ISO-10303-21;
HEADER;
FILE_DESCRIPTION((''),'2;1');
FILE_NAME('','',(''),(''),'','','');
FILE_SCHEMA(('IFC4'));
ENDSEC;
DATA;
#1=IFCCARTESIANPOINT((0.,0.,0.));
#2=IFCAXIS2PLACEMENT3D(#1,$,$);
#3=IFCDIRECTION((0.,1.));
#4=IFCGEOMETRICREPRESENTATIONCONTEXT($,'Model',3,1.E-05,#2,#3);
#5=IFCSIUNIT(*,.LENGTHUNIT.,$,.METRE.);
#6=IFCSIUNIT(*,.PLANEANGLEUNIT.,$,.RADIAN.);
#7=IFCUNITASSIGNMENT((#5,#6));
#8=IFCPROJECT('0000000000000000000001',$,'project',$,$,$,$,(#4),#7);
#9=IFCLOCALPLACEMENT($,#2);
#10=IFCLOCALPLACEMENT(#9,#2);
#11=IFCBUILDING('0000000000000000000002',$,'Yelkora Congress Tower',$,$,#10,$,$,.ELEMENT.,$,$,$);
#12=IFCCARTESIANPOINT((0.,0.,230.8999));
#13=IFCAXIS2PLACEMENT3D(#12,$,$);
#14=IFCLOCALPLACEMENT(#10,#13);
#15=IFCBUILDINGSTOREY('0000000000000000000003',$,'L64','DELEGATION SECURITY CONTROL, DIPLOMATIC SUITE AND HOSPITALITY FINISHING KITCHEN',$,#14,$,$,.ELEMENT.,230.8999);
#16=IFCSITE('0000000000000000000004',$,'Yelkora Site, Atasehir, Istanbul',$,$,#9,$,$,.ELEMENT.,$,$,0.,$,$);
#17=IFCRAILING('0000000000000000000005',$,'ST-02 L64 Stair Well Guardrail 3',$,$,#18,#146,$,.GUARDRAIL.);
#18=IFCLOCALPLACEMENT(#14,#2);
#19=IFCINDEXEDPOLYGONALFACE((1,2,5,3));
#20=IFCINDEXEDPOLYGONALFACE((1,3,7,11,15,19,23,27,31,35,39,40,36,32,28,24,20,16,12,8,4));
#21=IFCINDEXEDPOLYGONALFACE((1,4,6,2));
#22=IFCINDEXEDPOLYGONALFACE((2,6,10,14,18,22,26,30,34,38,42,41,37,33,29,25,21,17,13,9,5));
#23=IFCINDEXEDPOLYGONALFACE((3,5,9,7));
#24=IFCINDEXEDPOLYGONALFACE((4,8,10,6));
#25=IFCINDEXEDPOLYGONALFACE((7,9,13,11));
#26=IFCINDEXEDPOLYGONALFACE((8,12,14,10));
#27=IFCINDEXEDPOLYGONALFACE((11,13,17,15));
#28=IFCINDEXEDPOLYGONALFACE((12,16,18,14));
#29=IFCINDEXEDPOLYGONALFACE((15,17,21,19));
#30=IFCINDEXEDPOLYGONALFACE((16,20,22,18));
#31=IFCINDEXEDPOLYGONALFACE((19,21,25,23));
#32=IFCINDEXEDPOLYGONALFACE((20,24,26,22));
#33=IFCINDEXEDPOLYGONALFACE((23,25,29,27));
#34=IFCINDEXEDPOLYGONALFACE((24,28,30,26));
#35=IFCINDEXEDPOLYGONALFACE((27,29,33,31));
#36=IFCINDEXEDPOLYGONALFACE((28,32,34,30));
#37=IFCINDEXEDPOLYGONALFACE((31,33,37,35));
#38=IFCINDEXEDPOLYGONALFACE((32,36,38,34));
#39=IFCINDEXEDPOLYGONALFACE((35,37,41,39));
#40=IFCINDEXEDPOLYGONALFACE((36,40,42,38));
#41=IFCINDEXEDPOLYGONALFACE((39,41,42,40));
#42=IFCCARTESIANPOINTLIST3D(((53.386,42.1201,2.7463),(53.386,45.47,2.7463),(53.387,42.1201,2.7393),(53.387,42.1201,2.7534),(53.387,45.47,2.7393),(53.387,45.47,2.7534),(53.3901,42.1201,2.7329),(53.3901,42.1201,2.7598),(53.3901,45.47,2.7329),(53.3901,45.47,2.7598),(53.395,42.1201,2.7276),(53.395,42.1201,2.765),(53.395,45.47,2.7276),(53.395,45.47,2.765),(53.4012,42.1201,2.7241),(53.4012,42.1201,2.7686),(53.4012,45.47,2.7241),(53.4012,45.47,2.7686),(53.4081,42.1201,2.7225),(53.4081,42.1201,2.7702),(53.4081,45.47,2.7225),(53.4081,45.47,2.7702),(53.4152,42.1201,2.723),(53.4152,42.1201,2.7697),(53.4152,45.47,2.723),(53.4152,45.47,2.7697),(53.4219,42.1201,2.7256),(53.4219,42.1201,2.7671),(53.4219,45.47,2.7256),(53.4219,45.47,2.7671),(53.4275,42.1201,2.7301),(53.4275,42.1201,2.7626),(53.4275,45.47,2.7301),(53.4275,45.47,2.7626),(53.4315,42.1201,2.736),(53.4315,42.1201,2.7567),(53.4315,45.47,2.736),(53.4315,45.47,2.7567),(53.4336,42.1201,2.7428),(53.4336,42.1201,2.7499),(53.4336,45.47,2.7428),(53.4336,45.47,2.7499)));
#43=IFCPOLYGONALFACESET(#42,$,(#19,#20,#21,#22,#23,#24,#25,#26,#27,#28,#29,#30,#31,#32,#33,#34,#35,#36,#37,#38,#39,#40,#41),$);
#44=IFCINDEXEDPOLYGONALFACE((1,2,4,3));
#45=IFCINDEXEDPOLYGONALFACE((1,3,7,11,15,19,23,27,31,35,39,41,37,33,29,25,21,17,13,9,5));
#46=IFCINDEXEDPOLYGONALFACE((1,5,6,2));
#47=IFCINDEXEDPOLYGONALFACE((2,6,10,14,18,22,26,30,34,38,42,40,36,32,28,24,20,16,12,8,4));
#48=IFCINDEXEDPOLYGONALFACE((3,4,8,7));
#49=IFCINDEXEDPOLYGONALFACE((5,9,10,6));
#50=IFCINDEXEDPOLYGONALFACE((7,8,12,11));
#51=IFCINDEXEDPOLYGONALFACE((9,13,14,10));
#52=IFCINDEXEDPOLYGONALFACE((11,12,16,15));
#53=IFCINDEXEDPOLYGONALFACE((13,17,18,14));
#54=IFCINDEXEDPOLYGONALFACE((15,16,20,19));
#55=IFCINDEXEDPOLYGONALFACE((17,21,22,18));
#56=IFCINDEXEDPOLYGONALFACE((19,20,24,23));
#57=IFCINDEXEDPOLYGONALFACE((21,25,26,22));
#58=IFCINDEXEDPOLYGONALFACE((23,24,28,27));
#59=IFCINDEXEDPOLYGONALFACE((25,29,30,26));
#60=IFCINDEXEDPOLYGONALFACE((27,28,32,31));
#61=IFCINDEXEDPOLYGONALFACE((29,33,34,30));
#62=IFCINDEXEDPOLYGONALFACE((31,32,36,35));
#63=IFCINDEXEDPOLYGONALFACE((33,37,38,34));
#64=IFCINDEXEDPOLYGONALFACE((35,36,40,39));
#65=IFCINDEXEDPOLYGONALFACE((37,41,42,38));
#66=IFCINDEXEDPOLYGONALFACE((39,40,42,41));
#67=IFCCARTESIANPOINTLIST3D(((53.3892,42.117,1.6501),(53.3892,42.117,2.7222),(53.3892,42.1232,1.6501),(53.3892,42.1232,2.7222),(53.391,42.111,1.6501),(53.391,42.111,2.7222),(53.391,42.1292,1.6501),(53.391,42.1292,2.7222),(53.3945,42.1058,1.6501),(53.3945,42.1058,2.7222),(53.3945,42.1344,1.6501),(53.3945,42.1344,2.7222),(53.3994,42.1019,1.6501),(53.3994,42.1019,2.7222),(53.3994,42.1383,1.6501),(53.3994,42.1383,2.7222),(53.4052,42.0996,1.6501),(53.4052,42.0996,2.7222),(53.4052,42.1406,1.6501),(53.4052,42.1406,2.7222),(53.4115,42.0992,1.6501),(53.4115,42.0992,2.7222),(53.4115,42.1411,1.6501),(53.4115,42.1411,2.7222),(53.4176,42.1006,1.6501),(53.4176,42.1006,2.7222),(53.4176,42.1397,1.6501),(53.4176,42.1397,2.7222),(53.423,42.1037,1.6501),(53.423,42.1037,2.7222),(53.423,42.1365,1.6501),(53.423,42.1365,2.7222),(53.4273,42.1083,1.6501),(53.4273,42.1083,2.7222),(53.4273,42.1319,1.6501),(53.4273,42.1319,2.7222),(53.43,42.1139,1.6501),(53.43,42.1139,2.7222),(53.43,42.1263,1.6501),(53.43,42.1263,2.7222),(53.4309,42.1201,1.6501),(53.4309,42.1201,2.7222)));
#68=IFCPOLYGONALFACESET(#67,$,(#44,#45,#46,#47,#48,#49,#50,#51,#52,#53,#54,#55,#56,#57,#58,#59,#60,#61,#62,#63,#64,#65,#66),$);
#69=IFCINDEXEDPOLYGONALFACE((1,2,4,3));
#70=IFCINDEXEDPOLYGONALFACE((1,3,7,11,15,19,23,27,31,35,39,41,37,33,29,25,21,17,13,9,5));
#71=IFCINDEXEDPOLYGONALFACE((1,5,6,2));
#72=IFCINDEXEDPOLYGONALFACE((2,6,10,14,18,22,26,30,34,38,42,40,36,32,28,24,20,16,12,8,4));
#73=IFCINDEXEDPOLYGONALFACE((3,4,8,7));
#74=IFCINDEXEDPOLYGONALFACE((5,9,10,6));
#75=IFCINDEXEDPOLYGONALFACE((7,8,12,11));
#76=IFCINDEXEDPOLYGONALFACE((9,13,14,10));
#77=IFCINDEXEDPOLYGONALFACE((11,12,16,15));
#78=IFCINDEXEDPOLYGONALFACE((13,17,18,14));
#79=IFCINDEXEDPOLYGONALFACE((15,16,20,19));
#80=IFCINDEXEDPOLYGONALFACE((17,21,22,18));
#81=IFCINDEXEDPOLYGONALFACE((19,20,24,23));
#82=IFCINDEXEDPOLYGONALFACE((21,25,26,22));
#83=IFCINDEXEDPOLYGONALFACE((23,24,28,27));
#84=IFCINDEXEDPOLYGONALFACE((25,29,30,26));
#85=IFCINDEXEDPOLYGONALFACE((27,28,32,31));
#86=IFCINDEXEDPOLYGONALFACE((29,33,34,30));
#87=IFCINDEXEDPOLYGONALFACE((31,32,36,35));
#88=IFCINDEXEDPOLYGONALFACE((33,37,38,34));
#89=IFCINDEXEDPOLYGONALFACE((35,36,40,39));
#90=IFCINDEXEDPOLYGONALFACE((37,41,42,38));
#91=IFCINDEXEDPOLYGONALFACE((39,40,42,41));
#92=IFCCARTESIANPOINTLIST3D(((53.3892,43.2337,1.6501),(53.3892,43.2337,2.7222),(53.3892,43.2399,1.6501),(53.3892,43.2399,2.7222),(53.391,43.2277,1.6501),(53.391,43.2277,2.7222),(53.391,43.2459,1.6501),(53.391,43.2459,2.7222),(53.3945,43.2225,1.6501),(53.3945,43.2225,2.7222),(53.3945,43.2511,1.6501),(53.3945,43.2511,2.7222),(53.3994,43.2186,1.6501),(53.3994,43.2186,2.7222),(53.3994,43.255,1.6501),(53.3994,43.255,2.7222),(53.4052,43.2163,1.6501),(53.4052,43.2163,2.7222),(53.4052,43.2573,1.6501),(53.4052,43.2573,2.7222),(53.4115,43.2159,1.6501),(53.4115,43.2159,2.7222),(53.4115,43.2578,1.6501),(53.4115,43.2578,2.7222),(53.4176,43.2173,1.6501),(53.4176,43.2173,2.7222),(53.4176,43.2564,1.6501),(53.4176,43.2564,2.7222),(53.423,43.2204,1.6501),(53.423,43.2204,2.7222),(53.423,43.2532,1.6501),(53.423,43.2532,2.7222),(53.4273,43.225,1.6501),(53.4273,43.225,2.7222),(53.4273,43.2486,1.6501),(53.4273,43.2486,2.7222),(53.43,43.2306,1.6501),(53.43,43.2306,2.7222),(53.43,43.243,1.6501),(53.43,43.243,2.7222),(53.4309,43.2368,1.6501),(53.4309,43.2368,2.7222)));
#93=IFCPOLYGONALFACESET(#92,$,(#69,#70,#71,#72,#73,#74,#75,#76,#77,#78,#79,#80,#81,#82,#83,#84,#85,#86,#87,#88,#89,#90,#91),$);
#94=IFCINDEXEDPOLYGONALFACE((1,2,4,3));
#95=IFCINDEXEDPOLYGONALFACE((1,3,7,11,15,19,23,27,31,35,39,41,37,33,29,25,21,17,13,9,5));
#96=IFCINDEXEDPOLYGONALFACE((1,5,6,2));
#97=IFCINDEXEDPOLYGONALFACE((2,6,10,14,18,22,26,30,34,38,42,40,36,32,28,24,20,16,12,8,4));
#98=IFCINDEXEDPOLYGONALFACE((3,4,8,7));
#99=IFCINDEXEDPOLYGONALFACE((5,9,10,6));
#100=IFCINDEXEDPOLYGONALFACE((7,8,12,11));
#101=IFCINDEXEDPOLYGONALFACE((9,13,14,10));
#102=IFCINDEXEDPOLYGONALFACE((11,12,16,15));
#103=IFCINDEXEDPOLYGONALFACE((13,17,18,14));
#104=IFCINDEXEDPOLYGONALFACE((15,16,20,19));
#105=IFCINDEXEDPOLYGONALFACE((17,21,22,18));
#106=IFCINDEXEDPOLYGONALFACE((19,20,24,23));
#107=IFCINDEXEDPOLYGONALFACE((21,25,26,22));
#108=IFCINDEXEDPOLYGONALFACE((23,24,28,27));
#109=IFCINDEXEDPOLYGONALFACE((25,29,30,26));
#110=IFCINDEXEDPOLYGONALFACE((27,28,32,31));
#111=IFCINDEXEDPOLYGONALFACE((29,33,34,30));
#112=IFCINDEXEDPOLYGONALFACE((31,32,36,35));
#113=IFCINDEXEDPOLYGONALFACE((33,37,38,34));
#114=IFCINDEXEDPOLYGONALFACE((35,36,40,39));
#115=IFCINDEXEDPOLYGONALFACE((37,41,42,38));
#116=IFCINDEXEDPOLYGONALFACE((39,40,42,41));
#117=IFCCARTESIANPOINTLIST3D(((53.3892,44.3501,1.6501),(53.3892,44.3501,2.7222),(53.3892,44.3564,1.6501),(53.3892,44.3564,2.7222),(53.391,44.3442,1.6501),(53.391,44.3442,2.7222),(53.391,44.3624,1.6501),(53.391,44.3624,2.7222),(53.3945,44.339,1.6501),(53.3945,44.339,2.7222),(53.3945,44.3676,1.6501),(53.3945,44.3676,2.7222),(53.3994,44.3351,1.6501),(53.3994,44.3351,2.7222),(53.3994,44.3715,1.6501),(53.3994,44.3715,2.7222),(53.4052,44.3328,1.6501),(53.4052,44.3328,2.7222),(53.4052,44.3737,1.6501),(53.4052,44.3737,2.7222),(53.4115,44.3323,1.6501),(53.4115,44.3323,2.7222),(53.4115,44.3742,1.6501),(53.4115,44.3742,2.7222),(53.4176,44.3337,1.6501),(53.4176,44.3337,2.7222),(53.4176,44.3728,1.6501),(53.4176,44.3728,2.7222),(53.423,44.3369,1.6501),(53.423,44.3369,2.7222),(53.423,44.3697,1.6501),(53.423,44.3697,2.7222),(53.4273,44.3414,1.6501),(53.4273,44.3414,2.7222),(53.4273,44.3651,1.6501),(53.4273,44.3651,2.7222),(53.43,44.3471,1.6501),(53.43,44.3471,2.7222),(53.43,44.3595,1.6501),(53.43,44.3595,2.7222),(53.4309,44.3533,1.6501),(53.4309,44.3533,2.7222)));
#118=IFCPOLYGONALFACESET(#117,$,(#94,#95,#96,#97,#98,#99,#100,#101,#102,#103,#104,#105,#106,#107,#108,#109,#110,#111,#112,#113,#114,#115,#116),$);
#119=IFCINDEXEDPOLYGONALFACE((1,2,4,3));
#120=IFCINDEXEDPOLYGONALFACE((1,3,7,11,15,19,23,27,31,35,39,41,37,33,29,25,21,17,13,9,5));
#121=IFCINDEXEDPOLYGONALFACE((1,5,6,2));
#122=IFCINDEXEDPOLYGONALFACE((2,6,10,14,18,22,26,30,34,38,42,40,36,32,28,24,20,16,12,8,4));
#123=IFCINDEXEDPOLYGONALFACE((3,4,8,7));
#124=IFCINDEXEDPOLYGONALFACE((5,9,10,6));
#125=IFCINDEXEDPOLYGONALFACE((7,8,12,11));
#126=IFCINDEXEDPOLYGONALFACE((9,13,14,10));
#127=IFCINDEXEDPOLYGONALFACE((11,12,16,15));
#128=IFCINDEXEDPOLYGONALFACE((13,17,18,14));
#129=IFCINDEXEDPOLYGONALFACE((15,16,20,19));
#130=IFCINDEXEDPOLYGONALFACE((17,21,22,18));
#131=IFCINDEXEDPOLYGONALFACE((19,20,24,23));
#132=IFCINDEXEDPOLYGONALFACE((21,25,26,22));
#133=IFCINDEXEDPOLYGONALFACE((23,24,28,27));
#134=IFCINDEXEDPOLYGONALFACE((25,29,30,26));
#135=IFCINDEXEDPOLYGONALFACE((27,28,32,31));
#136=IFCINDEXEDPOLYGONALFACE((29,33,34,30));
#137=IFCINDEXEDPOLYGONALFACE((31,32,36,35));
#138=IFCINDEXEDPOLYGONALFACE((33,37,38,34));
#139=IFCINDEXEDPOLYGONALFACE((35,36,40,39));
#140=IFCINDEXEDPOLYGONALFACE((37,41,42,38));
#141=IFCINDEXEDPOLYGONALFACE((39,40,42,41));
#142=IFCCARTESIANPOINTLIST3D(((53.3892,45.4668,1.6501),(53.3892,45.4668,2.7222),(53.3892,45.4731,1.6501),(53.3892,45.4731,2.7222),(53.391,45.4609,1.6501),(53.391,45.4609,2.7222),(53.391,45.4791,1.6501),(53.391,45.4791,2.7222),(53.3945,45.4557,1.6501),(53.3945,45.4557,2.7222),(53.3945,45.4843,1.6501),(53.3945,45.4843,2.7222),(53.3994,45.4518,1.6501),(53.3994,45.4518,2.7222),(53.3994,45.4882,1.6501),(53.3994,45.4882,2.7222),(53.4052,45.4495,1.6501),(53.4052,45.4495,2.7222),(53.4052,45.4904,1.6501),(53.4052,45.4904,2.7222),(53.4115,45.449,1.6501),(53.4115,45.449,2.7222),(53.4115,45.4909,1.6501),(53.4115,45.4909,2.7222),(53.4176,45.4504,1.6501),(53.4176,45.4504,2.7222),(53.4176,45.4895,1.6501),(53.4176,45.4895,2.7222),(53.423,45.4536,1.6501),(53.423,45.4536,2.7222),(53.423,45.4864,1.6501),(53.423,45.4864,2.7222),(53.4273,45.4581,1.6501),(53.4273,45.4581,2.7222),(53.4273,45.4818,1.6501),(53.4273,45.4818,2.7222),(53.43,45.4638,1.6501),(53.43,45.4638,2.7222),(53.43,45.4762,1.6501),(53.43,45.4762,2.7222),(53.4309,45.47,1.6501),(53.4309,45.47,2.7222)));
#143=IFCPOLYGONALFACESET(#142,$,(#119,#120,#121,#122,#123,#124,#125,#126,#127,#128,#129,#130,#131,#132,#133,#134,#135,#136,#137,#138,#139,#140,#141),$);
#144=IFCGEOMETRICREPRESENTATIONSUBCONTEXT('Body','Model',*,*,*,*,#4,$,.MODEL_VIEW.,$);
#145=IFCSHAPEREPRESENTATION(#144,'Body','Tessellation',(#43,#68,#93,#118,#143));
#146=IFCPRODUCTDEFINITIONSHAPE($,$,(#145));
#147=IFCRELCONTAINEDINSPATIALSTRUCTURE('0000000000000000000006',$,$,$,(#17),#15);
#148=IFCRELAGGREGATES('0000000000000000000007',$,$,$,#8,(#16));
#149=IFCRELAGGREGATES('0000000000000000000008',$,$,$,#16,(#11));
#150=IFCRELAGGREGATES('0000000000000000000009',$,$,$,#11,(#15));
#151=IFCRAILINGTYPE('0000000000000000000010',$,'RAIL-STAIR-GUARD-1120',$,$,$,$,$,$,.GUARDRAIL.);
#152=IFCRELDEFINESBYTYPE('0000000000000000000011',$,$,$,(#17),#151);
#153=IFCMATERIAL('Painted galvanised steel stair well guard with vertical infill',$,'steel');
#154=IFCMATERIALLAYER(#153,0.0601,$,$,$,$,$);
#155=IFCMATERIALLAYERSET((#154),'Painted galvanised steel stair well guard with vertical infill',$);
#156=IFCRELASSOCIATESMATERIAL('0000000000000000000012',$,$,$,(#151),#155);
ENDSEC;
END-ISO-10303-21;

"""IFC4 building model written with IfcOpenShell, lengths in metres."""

from ifc_helpers import new_model, si_unit, direction, frame, origin, origin_2d, place, context, subcontext, project, spatial, circle, extrude, material, layer, layer_set, type_object, element, save


model = new_model("IFC4")

# Units and contexts
model_context = context("Model", 3, precision=1e-05, world=origin(), true_north=direction((0.0, 1.0)))
body_context = subcontext(model_context, "Body", "Model", "MODEL_VIEW")
ifc_project = project(units=[si_unit("LENGTHUNIT", "METRE"), si_unit("PLANEANGLEUNIT", "RADIAN")], contexts=[model_context])

# Site, building, storey
site_placement = place(None, origin())
site = spatial("IfcSite", under=ifc_project, at=site_placement, Name="Yelkora Site, Atasehir, Istanbul", CompositionType="ELEMENT", RefElevation=0.0)
building_placement = place(site_placement, origin())
building = spatial("IfcBuilding", under=site, at=building_placement, Name="Yelkora Congress Tower", CompositionType="ELEMENT")
storey_placement = place(building_placement, frame((0.0, 0.0, 230.8999)))
storey = spatial("IfcBuildingStorey", under=building, at=storey_placement, Name="L64", Description="DELEGATION SECURITY CONTROL, DIPLOMATIC SUITE AND HOSPITALITY FINISHING KITCHEN", CompositionType="ELEMENT", Elevation=230.8999)

# Railing
ifc_material_1 = material(Name="Painted galvanised steel stair well guard with vertical infill", Category="steel")
ifc_layer_1 = layer(ifc_material_1, 0.0601)
ifc_layer_set_1 = layer_set([ifc_layer_1], Name="Painted galvanised steel stair well guard with vertical infill")
railing_type_1 = type_object("IfcRailingType", Name="RAIL-STAIR-GUARD-1120", PredefinedType="GUARDRAIL", material=ifc_layer_set_1)
railing_1_placement = place(storey_placement, frame((53.4099, 42.1201, 1.6501)))
element("IfcRailing", 1, at=railing_1_placement, inside=storey, type_object=railing_type_1, Name="ST-02 L64 Stair Well Guardrail 3", PredefinedType="GUARDRAIL", context=body_context, shape_type="SweptSolid", body=[
    extrude(circle(Radius=0.0239, at=origin_2d()), frame((0.0, 0.0, 1.0962), z_axis=(0.0, 1.0, 0.0), x_axis=(-1.0, 0.0, 0.0)), (0.0, 0.0, 1.0), 3.3499),
    extrude(circle(Radius=0.021, at=origin_2d()), origin(), (0.0, 0.0, 1.0), 1.072),
    extrude(circle(Radius=0.021, at=origin_2d()), frame((0.0, 1.1167, 0.0)), (0.0, 0.0, 1.0), 1.072),
    extrude(circle(Radius=0.021, at=origin_2d()), frame((0.0, 2.2332, 0.0)), (0.0, 0.0, 1.0), 1.072),
    extrude(circle(Radius=0.021, at=origin_2d()), frame((0.0, 3.3499, 0.0)), (0.0, 0.0, 1.0), 1.072),
])

save(model, "model.ifc")
